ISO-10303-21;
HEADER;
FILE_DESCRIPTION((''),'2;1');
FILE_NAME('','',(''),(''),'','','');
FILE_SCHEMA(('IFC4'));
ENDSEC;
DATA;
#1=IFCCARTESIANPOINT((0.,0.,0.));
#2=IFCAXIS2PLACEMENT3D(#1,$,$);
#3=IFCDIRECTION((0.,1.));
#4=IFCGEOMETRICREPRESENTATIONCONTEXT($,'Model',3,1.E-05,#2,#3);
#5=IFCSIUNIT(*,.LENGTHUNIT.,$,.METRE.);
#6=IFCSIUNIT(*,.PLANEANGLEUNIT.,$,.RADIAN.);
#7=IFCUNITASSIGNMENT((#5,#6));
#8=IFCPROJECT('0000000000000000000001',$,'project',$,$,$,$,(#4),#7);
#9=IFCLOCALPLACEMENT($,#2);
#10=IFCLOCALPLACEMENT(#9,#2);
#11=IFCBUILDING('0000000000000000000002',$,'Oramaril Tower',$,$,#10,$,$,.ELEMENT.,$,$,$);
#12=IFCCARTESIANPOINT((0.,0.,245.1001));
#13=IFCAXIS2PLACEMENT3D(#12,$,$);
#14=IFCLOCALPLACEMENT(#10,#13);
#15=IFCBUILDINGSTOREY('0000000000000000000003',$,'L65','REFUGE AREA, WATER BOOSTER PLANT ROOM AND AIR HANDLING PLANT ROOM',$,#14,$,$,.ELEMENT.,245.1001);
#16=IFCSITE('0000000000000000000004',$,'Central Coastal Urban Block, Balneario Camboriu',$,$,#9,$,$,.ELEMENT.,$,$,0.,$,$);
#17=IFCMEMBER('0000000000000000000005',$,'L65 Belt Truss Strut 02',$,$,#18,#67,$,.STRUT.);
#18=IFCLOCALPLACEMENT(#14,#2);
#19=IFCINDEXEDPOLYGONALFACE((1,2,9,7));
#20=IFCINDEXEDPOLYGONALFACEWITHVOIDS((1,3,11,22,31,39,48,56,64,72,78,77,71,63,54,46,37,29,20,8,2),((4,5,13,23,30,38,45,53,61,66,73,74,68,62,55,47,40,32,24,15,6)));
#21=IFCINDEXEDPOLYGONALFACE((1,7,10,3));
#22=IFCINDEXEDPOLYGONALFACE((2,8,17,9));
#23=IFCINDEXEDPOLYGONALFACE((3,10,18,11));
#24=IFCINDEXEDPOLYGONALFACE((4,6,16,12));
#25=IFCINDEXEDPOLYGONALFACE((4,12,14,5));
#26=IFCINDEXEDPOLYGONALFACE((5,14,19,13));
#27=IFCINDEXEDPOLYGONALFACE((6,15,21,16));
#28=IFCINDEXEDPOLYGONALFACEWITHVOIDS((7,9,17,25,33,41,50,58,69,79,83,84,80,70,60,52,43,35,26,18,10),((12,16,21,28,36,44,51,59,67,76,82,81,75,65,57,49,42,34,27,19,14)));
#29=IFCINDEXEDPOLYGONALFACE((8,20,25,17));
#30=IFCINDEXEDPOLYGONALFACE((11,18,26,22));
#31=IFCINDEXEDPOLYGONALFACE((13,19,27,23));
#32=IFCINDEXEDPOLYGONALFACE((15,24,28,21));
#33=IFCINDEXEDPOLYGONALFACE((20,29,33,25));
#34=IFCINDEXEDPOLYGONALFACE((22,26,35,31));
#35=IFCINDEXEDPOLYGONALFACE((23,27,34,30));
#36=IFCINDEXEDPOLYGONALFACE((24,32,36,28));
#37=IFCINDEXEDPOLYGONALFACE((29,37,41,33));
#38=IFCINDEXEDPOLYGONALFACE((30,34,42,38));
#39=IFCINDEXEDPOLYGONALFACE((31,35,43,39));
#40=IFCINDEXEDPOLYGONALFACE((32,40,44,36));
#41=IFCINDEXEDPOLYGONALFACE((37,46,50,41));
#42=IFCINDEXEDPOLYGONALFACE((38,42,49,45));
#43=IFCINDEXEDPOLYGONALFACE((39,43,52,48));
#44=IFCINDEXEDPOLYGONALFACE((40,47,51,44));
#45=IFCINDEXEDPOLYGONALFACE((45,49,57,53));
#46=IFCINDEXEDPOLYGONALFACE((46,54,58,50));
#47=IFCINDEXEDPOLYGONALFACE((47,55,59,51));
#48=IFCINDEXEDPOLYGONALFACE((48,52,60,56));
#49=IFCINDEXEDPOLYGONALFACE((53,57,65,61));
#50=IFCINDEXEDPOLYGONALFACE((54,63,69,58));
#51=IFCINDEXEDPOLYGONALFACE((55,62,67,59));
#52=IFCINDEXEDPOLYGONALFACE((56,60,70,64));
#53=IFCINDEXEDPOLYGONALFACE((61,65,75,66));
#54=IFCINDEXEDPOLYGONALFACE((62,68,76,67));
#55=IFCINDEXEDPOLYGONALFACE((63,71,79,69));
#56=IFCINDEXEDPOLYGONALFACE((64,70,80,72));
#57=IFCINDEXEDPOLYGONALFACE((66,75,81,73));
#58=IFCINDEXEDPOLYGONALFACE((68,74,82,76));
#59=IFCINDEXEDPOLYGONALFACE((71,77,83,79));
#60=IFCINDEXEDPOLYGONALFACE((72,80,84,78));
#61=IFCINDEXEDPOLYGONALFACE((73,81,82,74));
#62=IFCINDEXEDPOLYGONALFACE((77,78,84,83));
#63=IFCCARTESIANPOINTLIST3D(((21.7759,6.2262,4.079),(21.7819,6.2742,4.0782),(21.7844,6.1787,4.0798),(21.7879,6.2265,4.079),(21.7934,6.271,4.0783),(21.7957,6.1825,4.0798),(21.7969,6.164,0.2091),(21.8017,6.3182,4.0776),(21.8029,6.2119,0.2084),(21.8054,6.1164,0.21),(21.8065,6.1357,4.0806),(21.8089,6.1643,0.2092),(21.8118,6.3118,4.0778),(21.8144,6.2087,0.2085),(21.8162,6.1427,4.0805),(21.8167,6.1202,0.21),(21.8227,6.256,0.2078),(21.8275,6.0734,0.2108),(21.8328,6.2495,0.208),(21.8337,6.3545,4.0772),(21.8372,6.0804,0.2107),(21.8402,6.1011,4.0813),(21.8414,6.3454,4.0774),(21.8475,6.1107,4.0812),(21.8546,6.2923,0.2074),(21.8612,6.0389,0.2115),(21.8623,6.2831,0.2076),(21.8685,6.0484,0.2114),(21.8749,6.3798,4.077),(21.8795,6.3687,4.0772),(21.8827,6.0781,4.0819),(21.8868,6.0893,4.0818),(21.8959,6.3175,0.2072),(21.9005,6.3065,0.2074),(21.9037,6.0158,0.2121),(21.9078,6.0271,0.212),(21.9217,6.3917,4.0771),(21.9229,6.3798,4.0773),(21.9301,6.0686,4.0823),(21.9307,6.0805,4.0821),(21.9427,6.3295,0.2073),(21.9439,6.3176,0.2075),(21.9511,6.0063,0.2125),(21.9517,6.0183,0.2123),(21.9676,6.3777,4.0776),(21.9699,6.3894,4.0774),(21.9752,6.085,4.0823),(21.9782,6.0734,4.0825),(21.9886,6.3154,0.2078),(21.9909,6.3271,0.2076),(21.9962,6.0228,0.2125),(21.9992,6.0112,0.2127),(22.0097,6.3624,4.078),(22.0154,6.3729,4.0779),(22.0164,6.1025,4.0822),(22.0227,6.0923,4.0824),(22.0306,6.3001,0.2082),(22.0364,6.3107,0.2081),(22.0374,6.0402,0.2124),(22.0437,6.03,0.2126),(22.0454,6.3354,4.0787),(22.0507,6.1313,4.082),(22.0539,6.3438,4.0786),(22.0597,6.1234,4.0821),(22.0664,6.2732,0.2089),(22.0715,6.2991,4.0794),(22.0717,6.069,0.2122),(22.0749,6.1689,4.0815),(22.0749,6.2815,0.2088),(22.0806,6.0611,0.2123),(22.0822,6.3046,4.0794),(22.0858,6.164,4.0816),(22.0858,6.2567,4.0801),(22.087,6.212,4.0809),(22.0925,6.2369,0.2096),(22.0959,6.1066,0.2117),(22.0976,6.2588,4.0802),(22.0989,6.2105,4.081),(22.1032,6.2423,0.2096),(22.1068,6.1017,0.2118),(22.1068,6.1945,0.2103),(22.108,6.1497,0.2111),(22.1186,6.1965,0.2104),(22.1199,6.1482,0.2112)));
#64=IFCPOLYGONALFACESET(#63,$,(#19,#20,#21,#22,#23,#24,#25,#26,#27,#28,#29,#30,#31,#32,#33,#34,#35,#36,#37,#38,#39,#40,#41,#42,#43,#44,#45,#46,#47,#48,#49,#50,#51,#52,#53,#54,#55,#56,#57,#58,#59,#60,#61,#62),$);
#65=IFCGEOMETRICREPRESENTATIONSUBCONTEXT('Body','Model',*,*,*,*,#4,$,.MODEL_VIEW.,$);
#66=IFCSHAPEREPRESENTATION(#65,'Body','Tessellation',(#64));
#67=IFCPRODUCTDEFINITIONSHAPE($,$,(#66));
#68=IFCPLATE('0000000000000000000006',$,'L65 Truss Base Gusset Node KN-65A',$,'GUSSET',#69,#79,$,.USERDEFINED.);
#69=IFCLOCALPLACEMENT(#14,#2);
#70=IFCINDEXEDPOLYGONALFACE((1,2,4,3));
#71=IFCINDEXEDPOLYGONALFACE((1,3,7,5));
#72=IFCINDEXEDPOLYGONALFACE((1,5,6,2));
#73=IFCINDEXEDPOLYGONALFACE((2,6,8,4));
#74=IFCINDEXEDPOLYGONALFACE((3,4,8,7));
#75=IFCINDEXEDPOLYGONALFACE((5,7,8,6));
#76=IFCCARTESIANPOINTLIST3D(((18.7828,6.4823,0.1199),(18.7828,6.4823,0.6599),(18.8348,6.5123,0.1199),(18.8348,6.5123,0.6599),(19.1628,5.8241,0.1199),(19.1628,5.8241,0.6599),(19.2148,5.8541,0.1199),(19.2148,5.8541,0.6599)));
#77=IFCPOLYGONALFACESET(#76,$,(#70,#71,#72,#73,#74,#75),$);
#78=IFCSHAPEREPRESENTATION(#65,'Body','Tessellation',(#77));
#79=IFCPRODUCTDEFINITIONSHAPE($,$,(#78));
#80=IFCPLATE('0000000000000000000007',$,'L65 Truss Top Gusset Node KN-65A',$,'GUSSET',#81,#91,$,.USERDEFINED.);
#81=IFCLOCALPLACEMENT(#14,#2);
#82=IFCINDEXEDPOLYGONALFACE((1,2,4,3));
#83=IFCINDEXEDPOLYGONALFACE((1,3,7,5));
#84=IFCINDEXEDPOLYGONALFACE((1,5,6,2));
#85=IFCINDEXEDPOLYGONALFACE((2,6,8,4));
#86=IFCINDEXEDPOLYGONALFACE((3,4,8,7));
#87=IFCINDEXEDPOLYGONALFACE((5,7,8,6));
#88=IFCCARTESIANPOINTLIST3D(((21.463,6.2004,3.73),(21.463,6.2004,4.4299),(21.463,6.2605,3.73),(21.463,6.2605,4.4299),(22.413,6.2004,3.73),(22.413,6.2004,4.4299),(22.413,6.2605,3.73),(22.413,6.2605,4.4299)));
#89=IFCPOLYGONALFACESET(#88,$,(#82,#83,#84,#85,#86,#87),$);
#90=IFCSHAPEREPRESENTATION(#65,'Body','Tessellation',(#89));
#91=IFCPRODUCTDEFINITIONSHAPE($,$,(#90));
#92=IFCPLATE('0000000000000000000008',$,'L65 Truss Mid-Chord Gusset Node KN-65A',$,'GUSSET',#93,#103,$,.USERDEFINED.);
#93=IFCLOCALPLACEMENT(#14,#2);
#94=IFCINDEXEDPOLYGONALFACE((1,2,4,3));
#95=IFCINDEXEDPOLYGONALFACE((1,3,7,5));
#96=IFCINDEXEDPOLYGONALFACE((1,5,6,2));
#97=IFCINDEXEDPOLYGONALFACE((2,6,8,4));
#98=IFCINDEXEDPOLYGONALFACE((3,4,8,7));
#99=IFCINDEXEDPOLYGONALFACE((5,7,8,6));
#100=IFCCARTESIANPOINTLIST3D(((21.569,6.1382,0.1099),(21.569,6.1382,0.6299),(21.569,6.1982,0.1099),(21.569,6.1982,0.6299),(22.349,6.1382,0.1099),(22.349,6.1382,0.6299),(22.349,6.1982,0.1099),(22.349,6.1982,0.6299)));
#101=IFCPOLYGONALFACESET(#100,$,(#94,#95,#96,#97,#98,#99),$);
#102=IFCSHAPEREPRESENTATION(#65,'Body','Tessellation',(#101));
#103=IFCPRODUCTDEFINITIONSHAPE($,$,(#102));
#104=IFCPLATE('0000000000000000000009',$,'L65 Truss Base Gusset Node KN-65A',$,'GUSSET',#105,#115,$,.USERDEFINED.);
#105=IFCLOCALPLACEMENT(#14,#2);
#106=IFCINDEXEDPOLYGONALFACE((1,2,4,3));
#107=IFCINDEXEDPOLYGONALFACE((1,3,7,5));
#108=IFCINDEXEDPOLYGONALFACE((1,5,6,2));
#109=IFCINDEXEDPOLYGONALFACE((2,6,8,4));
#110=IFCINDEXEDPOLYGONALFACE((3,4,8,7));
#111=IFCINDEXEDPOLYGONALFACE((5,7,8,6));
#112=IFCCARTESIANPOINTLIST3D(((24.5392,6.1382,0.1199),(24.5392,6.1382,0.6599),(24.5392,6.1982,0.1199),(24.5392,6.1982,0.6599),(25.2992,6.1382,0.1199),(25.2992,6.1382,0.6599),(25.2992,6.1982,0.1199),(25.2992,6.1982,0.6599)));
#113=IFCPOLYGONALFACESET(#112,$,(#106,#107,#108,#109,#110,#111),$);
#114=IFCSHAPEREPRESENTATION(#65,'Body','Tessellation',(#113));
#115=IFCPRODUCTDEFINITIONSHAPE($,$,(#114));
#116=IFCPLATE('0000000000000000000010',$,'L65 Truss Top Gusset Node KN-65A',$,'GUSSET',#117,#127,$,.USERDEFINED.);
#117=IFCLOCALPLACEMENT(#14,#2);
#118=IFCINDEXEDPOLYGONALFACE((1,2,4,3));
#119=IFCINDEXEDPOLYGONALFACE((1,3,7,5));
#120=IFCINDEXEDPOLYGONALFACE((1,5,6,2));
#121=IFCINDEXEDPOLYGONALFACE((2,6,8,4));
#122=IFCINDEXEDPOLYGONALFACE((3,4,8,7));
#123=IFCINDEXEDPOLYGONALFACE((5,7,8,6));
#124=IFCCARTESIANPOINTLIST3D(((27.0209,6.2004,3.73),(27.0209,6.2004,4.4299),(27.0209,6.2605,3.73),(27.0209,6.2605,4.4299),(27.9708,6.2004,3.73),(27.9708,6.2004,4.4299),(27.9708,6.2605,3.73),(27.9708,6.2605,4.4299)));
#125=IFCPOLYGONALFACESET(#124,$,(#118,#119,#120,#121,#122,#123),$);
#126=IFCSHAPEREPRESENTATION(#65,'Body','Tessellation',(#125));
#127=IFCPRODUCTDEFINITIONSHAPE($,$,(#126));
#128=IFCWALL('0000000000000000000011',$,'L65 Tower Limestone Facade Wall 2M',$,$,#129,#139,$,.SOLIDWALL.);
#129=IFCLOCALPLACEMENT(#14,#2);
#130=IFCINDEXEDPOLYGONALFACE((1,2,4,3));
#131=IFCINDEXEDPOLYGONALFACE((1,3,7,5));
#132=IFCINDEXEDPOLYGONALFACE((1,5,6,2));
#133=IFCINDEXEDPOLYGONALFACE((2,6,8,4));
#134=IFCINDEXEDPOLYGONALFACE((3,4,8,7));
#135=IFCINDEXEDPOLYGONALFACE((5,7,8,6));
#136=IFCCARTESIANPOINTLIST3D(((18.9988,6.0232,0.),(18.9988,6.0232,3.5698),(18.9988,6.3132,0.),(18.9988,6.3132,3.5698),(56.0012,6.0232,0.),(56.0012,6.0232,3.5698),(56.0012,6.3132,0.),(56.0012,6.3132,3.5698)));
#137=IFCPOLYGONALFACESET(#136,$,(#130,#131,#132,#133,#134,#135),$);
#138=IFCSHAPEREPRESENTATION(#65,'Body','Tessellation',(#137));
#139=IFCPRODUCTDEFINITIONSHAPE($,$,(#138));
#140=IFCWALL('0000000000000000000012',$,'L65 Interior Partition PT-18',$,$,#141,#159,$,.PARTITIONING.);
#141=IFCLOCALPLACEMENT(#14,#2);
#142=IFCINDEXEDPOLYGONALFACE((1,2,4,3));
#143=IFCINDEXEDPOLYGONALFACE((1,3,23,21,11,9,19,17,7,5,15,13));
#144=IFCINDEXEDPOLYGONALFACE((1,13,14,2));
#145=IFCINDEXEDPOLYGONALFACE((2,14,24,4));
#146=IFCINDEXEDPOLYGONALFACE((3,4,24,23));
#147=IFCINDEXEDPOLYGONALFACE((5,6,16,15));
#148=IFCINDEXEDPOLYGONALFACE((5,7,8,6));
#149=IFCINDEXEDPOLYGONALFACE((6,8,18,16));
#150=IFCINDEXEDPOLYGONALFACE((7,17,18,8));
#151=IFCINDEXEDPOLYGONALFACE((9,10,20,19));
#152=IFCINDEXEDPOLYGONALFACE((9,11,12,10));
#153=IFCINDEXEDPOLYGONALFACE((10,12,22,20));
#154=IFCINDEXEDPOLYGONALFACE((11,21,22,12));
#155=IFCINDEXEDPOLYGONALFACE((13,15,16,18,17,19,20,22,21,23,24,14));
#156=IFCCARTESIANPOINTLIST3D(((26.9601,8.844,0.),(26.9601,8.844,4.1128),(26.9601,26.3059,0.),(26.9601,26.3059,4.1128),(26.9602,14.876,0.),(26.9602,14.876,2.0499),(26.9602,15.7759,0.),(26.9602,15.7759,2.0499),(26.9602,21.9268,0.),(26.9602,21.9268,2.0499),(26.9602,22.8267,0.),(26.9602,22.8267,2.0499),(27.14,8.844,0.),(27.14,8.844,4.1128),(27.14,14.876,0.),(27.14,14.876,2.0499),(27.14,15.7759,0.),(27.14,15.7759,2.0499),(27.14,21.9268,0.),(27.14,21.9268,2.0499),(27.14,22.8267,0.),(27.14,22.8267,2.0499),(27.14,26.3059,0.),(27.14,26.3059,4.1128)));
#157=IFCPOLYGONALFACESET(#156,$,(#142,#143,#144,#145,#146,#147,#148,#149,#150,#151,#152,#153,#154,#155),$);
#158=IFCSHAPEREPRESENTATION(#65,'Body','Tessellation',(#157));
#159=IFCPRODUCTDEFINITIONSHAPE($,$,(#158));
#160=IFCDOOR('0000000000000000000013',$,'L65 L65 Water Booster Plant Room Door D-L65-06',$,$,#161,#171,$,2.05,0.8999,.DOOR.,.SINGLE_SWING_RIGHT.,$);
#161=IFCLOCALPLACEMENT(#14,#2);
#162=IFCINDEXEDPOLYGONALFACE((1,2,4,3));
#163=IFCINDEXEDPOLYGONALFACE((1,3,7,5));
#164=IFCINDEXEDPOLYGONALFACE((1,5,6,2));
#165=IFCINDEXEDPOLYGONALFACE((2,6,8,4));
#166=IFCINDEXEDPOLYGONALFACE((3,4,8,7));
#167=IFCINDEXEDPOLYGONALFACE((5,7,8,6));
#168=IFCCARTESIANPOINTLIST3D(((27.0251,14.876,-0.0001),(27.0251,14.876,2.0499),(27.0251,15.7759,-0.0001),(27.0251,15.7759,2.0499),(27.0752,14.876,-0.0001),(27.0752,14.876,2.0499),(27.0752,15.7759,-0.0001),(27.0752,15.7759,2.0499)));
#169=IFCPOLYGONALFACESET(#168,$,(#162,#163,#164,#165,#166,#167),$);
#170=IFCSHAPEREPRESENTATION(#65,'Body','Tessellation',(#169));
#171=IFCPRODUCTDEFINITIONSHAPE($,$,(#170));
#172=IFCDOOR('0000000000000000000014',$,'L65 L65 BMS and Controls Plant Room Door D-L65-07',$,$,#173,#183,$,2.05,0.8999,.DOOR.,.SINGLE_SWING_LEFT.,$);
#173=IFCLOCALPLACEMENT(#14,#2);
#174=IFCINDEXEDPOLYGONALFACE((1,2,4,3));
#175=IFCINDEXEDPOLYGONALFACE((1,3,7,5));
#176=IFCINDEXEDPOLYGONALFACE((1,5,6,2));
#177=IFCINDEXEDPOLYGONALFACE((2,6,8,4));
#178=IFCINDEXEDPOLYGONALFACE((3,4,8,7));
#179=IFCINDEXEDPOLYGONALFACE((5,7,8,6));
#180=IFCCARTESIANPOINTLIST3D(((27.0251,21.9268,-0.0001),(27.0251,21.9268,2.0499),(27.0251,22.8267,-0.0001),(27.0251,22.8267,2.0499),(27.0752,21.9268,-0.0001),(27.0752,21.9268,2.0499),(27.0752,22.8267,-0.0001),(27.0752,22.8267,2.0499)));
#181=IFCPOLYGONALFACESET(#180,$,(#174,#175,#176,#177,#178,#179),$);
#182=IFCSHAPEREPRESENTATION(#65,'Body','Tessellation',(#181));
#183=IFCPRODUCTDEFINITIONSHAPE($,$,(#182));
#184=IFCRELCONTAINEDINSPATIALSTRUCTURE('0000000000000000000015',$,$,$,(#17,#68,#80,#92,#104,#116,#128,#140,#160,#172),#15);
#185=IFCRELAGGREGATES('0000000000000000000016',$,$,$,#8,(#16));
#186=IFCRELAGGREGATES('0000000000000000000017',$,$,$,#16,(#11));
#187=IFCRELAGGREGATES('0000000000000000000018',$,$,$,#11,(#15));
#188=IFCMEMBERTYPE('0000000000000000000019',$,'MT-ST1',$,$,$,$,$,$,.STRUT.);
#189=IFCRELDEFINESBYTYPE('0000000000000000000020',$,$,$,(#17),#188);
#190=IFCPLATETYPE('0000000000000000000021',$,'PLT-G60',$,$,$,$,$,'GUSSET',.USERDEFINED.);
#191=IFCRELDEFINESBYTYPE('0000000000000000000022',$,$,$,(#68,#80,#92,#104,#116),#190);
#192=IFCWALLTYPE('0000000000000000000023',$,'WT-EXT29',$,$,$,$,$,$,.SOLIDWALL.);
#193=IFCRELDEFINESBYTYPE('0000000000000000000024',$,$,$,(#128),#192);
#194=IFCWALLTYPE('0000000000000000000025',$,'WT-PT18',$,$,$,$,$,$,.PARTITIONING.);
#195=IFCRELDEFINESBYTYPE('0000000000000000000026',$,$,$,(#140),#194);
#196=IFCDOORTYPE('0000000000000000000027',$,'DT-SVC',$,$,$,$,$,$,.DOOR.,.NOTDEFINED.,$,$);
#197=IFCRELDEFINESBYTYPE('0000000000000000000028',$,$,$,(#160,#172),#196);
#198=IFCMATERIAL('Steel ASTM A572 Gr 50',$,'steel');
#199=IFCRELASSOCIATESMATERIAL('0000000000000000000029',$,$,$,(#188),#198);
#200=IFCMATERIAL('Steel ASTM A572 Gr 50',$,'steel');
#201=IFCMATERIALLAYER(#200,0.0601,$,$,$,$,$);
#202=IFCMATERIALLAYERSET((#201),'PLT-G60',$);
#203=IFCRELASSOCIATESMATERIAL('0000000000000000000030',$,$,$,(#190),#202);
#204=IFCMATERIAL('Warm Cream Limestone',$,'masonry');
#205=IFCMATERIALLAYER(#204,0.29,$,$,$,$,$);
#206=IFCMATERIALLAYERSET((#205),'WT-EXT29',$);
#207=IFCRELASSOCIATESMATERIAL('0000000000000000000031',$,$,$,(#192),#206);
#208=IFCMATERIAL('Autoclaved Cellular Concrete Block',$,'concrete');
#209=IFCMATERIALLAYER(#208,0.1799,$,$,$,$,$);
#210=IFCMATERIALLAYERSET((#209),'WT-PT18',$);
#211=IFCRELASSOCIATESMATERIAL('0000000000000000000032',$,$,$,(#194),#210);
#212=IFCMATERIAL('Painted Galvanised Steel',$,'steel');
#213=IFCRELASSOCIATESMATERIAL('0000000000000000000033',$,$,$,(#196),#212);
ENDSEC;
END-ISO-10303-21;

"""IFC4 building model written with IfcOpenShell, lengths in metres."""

from ifc_helpers import new_model, si_unit, direction, frame, frame_2d, origin, origin_2d, place, context, subcontext, project, spatial, rectangle, hollow_circle, extrude, material, layer, layer_set, material_profile, profile_set, type_object, element, fill, save


model = new_model("IFC4")

# Units and contexts
model_context = context("Model", 3, precision=1e-05, world=origin(), true_north=direction((0.0, 1.0)))
body_context = subcontext(model_context, "Body", "Model", "MODEL_VIEW")
ifc_project = project(units=[si_unit("LENGTHUNIT", "METRE"), si_unit("PLANEANGLEUNIT", "RADIAN")], contexts=[model_context])

# Site, building, storey
site_placement = place(None, origin())
site = spatial("IfcSite", under=ifc_project, at=site_placement, Name="Central Coastal Urban Block, Balneario Camboriu", CompositionType="ELEMENT", RefElevation=0.0)
building_placement = place(site_placement, origin())
building = spatial("IfcBuilding", under=site, at=building_placement, Name="Oramaril Tower", CompositionType="ELEMENT")
storey_placement = place(building_placement, frame((0.0, 0.0, 245.1001)))
storey = spatial("IfcBuildingStorey", under=building, at=storey_placement, Name="L65", Description="REFUGE AREA, WATER BOOSTER PLANT ROOM AND AIR HANDLING PLANT ROOM", CompositionType="ELEMENT", Elevation=245.1001)

# Member
ifc_material_1 = material(Name="Steel ASTM A572 Gr 50", Category="steel")
ifc_material_profile_1 = material_profile(ifc_material_1, hollow_circle(Radius=0.1621, WallThickness=0.012, at=origin_2d()), Name="CHS324X12")
ifc_profile_set_1 = profile_set([ifc_material_profile_1], Name="Steel ASTM A572 Gr 50")
member_type_1 = type_object("IfcMemberType", Name="MT-ST1", PredefinedType="STRUT", material=ifc_profile_set_1)
member_1_placement = place(storey_placement, frame((21.959, 6.1682, 0.21), z_axis=(-0.005425, 0.016085, 0.999856), x_axis=(-0.947563, -0.31957, 0.0)))
element("IfcMember", 1, at=member_1_placement, inside=storey, type_object=member_type_1, Name="L65 Belt Truss Strut 02", PredefinedType="STRUT", context=body_context, shape_type="SweptSolid", body=[
    extrude(hollow_circle(Radius=0.1621, WallThickness=0.012, at=origin_2d()), origin(), (0.0, 0.0, 1.0), 3.8704),
])

# Plates
ifc_material_2 = material(Name="Steel ASTM A572 Gr 50", Category="steel")
ifc_layer_1 = layer(ifc_material_2, 0.0601)
ifc_layer_set_1 = layer_set([ifc_layer_1], Name="PLT-G60")
plate_type = type_object("IfcPlateType", Name="PLT-G60", ElementType="GUSSET", PredefinedType="USERDEFINED", material=ifc_layer_set_1)
plate_1_placement = place(storey_placement, frame((18.9988, 6.1682, 0.1199), z_axis=(0.0, 0.0, 1.0), x_axis=(0.499992, -0.86603, 0.0)))
element("IfcPlate", 2, at=plate_1_placement, inside=storey, type_object=plate_type, Name="L65 Truss Base Gusset Node KN-65A", ObjectType="GUSSET", PredefinedType="USERDEFINED", context=body_context, shape_type="SweptSolid", body=[
    extrude(rectangle(XDim=0.76, YDim=0.0601, at=origin_2d()), origin(), (0.0, 0.0, 1.0), 0.54),
])
plate_2_placement = place(storey_placement, frame((21.938, 6.2305, 3.73), z_axis=(0.0, 0.0, 1.0), x_axis=(1.0, 0.0, 0.0)))
element("IfcPlate", 3, at=plate_2_placement, inside=storey, type_object=plate_type, Name="L65 Truss Top Gusset Node KN-65A", ObjectType="GUSSET", PredefinedType="USERDEFINED", context=body_context, shape_type="SweptSolid", body=[
    extrude(rectangle(XDim=0.95, YDim=0.0601, at=origin_2d()), origin(), (0.0, 0.0, 1.0), 0.7),
])
plate_3_placement = place(storey_placement, frame((21.959, 6.1682, 0.1099), z_axis=(0.0, 0.0, 1.0), x_axis=(1.0, 0.0, 0.0)))
element("IfcPlate", 4, at=plate_3_placement, inside=storey, type_object=plate_type, Name="L65 Truss Mid-Chord Gusset Node KN-65A", ObjectType="GUSSET", PredefinedType="USERDEFINED", context=body_context, shape_type="SweptSolid", body=[
    extrude(rectangle(XDim=0.78, YDim=0.0601, at=origin_2d()), origin(), (0.0, 0.0, 1.0), 0.52),
])
plate_4_placement = place(storey_placement, frame((24.9192, 6.1682, 0.1199), z_axis=(0.0, 0.0, 1.0), x_axis=(1.0, 0.0, 0.0)))
element("IfcPlate", 5, at=plate_4_placement, inside=storey, type_object=plate_type, Name="L65 Truss Base Gusset Node KN-65A", ObjectType="GUSSET", PredefinedType="USERDEFINED", context=body_context, shape_type="SweptSolid", body=[
    extrude(rectangle(XDim=0.76, YDim=0.0601, at=origin_2d()), origin(), (0.0, 0.0, 1.0), 0.54),
])
plate_5_placement = place(storey_placement, frame((27.4958, 6.2305, 3.73), z_axis=(0.0, 0.0, 1.0), x_axis=(1.0, 0.0, 0.0)))
element("IfcPlate", 6, at=plate_5_placement, inside=storey, type_object=plate_type, Name="L65 Truss Top Gusset Node KN-65A", ObjectType="GUSSET", PredefinedType="USERDEFINED", context=body_context, shape_type="SweptSolid", body=[
    extrude(rectangle(XDim=0.95, YDim=0.0601, at=origin_2d()), origin(), (0.0, 0.0, 1.0), 0.7),
])

# Wall
ifc_material_3 = material(Name="Warm Cream Limestone", Category="masonry")
ifc_layer_2 = layer(ifc_material_3, 0.29)
ifc_layer_set_2 = layer_set([ifc_layer_2], Name="WT-EXT29")
wall_type_1 = type_object("IfcWallType", Name="WT-EXT29", PredefinedType="SOLIDWALL", material=ifc_layer_set_2)
wall_1_placement = place(storey_placement, frame((18.9988, 6.1682, 0.0), z_axis=(0.0, 0.0, 1.0), x_axis=(1.0, 0.0, 0.0)))
element("IfcWall", 7, at=wall_1_placement, inside=storey, type_object=wall_type_1, Name="L65 Tower Limestone Facade Wall 2M", PredefinedType="SOLIDWALL", context=body_context, shape_type="SweptSolid", body=[
    extrude(rectangle(XDim=37.0024, YDim=0.29, at=frame_2d((18.5012, 0.0))), origin(), (0.0, 0.0, 1.0), 3.5698),
])

# Wall, openings, doors
ifc_material_4 = material(Name="Autoclaved Cellular Concrete Block", Category="concrete")
ifc_layer_3 = layer(ifc_material_4, 0.1799)
ifc_layer_set_3 = layer_set([ifc_layer_3], Name="WT-PT18")
wall_type_2 = type_object("IfcWallType", Name="WT-PT18", PredefinedType="PARTITIONING", material=ifc_layer_set_3)
wall_2_placement = place(storey_placement, frame((27.05, 8.844, 0.0), z_axis=(0.0, 0.0, 1.0), x_axis=(0.0, 1.0, 0.0)))
wall_2 = element("IfcWall", 8, at=wall_2_placement, inside=storey, type_object=wall_type_2, Name="L65 Interior Partition PT-18", PredefinedType="PARTITIONING", context=body_context, shape_type="SweptSolid", body=[
    extrude(rectangle(XDim=17.4619, YDim=0.1799, at=frame_2d((8.731, 0.0))), origin(), (0.0, 0.0, 1.0), 4.1128),
])
opening_1_placement = place(wall_2_placement, frame((6.032, 0.0, 0.0)))
opening_1 = element("IfcOpeningElement", 9, at=opening_1_placement, cuts=wall_2, PredefinedType="OPENING", context=body_context, shape_type="SweptSolid", body=[
    extrude(rectangle(XDim=0.8999, YDim=2.05, at=frame_2d((0.45, 1.0249))), frame((0.0, 0.0898, 0.0), z_axis=(0.0, -1.0, 0.0), x_axis=(1.0, 0.0, 0.0)), (0.0, 0.0, 1.0), 0.1799),
])
opening_2_placement = place(wall_2_placement, frame((13.0828, 0.0, 0.0)))
opening_2 = element("IfcOpeningElement", 10, at=opening_2_placement, cuts=wall_2, PredefinedType="OPENING", context=body_context, shape_type="SweptSolid", body=[
    extrude(rectangle(XDim=0.8999, YDim=2.05, at=frame_2d((0.45, 1.0249))), frame((0.0, 0.0898, 0.0), z_axis=(0.0, -1.0, 0.0), x_axis=(1.0, 0.0, 0.0)), (0.0, 0.0, 1.0), 0.1799),
])
ifc_material_5 = material(Name="Painted Galvanised Steel", Category="steel")
door_type = type_object("IfcDoorType", Name="DT-SVC", OperationType="NOTDEFINED", PredefinedType="DOOR", material=ifc_material_5)
door_1_placement = place(opening_1_placement, origin())
door_1 = element("IfcDoor", 11, at=door_1_placement, inside=storey, type_object=door_type, Name="L65 L65 Water Booster Plant Room Door D-L65-06", OperationType="SINGLE_SWING_RIGHT", OverallHeight=2.05, OverallWidth=0.8999, PredefinedType="DOOR", context=body_context, shape_type="SweptSolid", body=[
    extrude(rectangle(XDim=0.8999, YDim=2.05, at=frame_2d((0.45, 1.0249))), frame((0.0, 0.0249, 0.0), z_axis=(0.0, -1.0, 0.0), x_axis=(1.0, 0.0, 0.0)), (0.0, 0.0, 1.0), 0.05),
])
fill(opening_1, door_1)
door_2_placement = place(opening_2_placement, origin())
door_2 = element("IfcDoor", 12, at=door_2_placement, inside=storey, type_object=door_type, Name="L65 L65 BMS and Controls Plant Room Door D-L65-07", OperationType="SINGLE_SWING_LEFT", OverallHeight=2.05, OverallWidth=0.8999, PredefinedType="DOOR", context=body_context, shape_type="SweptSolid", body=[
    extrude(rectangle(XDim=0.8999, YDim=2.05, at=frame_2d((0.45, 1.0249))), frame((0.0, 0.0249, 0.0), z_axis=(0.0, -1.0, 0.0), x_axis=(1.0, 0.0, 0.0)), (0.0, 0.0, 1.0), 0.05),
])
fill(opening_2, door_2)

save(model, "model.ifc")
